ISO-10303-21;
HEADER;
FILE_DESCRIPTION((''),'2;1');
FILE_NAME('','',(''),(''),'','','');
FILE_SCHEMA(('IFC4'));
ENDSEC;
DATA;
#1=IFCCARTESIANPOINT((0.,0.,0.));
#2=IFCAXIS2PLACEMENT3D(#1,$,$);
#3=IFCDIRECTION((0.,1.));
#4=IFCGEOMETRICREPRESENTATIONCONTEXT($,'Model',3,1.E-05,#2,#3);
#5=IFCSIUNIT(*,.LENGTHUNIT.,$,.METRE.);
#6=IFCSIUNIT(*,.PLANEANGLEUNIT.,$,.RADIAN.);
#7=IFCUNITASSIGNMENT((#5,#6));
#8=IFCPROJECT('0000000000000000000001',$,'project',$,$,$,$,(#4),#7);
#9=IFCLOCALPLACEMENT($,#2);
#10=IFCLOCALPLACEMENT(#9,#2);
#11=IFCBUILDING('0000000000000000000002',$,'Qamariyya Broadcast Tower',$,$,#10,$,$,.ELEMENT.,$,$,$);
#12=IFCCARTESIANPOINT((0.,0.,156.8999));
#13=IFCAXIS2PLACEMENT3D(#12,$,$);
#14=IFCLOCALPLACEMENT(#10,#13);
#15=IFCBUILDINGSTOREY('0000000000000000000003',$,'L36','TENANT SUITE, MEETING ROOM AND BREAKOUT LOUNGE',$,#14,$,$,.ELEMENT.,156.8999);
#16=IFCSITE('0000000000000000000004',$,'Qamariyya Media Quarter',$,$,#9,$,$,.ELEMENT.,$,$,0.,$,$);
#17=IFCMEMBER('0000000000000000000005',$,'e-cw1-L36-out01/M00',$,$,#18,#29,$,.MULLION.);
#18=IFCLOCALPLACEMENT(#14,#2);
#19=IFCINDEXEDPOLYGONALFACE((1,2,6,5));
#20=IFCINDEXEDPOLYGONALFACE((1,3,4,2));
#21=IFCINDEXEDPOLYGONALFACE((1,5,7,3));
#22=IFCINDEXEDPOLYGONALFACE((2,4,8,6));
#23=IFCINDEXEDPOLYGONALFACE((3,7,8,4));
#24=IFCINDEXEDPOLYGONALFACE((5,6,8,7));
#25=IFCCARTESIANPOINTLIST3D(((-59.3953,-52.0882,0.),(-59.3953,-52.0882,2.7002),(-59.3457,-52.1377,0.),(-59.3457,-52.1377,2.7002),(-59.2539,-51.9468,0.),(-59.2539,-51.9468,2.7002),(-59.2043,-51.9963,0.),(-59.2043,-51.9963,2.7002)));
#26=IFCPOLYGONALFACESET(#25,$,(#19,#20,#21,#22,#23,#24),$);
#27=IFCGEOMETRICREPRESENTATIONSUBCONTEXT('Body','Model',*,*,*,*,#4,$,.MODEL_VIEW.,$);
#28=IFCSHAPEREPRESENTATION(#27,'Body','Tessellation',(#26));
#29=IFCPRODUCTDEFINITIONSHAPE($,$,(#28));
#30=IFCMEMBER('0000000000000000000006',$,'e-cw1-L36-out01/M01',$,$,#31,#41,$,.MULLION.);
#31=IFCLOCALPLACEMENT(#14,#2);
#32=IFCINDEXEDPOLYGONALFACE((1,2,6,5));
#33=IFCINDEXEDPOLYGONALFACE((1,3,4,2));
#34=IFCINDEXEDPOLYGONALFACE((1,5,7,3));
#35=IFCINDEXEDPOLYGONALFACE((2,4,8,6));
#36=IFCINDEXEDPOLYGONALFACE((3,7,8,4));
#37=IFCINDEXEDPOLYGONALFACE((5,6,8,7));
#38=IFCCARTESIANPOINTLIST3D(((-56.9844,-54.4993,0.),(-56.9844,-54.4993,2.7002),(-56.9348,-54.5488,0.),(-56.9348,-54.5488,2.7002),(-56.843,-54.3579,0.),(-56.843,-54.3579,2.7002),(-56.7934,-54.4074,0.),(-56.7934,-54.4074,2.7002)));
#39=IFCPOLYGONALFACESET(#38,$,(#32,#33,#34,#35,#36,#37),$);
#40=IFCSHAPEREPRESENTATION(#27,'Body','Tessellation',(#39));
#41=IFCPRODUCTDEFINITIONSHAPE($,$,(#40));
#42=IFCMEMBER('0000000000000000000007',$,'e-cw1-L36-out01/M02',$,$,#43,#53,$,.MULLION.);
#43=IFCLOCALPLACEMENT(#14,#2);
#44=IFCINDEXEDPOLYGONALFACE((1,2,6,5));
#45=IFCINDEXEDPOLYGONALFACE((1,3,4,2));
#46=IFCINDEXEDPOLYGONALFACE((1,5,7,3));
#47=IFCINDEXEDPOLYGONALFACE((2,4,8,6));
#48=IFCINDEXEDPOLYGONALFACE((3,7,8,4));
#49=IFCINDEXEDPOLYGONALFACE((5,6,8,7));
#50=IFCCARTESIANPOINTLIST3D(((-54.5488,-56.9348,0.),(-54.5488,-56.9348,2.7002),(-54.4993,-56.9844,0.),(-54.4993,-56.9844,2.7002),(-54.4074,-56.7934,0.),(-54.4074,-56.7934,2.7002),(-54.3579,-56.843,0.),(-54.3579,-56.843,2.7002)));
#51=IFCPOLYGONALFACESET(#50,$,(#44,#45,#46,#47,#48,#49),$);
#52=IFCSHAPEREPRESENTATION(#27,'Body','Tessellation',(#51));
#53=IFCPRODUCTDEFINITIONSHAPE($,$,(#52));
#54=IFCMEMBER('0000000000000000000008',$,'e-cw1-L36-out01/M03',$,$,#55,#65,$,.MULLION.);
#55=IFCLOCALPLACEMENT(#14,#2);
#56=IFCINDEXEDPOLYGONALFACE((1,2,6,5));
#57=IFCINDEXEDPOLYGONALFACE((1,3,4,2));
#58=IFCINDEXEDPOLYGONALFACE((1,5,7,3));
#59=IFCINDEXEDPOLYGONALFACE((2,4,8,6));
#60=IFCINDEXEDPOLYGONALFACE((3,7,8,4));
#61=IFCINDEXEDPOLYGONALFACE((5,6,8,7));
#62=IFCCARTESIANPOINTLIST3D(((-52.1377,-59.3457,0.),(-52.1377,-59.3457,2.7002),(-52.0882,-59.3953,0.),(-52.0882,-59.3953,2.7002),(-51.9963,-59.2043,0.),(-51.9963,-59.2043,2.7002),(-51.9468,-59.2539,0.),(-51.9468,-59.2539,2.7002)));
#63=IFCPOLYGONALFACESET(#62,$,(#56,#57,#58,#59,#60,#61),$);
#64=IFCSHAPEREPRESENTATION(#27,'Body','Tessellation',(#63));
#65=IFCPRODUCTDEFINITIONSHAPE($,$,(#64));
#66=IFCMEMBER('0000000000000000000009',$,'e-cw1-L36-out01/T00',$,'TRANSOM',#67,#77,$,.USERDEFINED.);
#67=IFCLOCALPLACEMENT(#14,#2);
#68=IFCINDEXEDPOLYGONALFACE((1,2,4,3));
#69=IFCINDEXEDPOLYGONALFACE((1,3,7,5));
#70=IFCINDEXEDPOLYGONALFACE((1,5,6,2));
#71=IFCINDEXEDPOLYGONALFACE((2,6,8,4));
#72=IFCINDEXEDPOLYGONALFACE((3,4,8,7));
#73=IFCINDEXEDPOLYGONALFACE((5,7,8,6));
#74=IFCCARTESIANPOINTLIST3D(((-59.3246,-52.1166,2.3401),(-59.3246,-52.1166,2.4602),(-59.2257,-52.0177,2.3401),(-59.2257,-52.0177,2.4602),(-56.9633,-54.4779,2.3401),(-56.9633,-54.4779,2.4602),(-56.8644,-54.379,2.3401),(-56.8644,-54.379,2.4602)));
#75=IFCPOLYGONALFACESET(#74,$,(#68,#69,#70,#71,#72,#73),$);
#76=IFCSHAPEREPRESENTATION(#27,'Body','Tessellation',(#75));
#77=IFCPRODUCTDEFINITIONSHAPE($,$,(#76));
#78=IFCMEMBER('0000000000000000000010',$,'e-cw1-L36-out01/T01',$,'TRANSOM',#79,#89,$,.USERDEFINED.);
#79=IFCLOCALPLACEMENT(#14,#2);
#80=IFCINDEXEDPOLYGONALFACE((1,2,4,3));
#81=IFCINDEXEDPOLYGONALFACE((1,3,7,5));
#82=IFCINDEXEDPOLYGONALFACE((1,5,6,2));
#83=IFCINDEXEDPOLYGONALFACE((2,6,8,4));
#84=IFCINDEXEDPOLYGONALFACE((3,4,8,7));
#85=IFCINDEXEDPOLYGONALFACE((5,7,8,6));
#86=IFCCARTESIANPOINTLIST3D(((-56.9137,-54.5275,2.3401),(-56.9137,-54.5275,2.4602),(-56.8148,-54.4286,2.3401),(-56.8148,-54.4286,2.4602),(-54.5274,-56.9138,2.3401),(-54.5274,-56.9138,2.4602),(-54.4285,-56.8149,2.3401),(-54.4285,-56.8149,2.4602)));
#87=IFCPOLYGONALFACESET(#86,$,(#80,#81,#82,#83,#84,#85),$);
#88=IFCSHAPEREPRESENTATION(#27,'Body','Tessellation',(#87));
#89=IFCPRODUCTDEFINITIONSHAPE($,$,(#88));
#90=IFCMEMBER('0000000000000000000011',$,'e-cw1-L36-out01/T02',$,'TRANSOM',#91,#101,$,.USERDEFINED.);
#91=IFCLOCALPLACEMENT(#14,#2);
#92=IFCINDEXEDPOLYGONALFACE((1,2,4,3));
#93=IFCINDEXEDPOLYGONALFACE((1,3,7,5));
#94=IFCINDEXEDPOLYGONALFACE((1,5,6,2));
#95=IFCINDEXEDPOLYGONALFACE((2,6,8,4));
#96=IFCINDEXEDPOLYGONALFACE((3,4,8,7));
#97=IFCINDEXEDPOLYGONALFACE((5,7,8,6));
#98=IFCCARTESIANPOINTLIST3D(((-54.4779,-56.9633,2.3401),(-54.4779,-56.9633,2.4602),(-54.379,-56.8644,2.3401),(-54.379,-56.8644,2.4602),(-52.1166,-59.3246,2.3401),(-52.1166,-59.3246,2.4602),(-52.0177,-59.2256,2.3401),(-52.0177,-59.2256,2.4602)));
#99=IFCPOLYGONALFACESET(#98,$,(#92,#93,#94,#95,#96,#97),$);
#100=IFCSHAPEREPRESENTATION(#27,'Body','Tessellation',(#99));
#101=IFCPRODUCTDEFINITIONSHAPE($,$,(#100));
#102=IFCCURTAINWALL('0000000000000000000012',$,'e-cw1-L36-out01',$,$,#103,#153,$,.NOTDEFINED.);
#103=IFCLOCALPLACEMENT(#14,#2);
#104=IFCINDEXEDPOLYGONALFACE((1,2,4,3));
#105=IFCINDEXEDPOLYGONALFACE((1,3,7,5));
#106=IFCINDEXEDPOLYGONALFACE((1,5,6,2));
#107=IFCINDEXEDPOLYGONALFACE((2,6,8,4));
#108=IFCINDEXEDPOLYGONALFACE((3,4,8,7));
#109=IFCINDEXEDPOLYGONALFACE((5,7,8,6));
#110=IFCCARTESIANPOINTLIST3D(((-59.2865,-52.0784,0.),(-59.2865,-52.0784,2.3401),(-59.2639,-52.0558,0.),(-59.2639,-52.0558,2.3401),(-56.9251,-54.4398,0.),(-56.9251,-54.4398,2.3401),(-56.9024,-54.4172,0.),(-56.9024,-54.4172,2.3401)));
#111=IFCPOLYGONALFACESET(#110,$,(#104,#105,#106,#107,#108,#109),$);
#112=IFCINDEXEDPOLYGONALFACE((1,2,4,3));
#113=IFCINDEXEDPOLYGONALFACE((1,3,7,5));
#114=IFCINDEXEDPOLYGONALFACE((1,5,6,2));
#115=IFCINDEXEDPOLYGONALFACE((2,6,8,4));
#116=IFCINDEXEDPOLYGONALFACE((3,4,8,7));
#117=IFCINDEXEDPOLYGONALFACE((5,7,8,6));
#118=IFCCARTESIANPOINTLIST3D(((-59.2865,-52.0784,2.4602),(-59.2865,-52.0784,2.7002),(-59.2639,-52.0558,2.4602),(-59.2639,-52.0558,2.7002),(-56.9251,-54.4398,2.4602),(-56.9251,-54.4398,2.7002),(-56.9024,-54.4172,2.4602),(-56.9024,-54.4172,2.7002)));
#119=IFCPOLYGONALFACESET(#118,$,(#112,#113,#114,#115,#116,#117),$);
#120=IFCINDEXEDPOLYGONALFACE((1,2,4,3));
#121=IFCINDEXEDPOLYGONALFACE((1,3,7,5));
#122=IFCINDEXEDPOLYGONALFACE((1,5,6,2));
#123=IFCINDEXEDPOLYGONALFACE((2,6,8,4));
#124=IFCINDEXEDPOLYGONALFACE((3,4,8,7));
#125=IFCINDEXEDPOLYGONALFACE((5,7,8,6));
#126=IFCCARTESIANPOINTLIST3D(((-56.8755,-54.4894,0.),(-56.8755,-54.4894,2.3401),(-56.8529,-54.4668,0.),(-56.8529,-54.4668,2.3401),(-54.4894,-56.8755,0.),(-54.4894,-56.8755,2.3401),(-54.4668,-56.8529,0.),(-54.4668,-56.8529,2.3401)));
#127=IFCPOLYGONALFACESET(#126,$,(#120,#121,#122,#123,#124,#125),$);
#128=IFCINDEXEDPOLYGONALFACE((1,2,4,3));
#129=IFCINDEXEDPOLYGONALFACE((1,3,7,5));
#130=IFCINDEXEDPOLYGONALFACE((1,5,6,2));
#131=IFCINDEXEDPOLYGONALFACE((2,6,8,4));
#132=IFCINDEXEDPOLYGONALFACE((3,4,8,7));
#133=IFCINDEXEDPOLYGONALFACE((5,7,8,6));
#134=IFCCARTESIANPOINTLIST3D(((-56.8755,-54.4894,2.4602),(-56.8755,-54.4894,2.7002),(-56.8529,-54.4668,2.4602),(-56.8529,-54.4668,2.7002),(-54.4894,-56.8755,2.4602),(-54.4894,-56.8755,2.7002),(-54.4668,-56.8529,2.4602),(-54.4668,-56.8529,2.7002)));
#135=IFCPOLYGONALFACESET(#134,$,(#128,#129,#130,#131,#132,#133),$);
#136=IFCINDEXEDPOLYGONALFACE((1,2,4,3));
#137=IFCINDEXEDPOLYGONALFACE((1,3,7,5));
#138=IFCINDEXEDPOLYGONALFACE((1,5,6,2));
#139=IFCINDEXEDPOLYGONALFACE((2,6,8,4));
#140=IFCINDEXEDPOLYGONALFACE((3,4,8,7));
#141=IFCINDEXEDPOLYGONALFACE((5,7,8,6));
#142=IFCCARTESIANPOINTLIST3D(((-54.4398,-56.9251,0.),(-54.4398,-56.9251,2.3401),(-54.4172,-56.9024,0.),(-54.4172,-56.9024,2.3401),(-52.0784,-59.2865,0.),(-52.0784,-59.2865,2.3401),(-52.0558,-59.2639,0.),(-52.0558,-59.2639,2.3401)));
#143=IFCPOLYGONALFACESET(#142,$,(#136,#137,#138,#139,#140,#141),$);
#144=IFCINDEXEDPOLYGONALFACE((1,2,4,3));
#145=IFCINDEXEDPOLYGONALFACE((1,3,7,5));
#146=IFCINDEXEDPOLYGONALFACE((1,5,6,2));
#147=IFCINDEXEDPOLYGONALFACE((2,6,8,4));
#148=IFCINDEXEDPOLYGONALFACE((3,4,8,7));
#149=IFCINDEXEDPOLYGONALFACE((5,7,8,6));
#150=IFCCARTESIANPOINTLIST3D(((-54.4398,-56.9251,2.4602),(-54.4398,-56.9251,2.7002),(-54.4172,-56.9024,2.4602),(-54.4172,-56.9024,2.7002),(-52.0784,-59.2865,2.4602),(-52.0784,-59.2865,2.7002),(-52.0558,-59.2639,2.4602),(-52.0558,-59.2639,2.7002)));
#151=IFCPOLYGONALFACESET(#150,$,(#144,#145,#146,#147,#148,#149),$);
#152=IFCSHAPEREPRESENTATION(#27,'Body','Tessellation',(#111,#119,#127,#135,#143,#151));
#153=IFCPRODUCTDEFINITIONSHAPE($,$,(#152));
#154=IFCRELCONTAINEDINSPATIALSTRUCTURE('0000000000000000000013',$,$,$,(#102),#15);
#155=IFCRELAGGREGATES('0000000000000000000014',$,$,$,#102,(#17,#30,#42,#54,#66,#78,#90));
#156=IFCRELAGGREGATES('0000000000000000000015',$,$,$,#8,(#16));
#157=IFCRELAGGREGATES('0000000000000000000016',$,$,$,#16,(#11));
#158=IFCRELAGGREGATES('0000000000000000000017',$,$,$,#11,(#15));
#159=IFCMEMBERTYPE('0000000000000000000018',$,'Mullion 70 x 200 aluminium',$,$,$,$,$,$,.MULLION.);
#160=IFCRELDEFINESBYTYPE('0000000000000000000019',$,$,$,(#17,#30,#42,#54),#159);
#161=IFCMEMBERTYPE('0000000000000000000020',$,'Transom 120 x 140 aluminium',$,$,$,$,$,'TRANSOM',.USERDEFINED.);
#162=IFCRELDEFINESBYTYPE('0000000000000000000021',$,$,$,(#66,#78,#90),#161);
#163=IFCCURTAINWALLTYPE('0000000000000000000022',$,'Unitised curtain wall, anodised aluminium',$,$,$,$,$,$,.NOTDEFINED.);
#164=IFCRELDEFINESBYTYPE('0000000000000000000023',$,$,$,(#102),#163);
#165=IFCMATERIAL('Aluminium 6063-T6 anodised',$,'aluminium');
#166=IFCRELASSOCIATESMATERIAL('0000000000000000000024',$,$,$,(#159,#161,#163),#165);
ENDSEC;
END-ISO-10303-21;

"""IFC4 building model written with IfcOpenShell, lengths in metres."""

from ifc_helpers import new_model, si_unit, direction, frame, origin, origin_2d, place, context, subcontext, project, spatial, rectangle, extrude, material, material_profile, profile_set, type_object, element, aggregate, save


model = new_model("IFC4")

# Units and contexts
model_context = context("Model", 3, precision=1e-05, world=origin(), true_north=direction((0.0, 1.0)))
body_context = subcontext(model_context, "Body", "Model", "MODEL_VIEW")
ifc_project = project(units=[si_unit("LENGTHUNIT", "METRE"), si_unit("PLANEANGLEUNIT", "RADIAN")], contexts=[model_context])

# Members
ifc_material_1 = material(Name="Aluminium 6063-T6 anodised", Category="aluminium")
ifc_material_profile_1 = material_profile(ifc_material_1, rectangle(XDim=0.2, YDim=0.0701, at=origin_2d()))
ifc_profile_set_1 = profile_set([ifc_material_profile_1], Name="Aluminium 6063-T6 anodised")
member_type_1 = type_object("IfcMemberType", Name="Mullion 70 x 200 aluminium", PredefinedType="MULLION", material=ifc_profile_set_1)
site_placement = place(None, origin())
building_placement = place(site_placement, origin())
storey_placement = place(building_placement, frame((0.0, 0.0, 156.8999)))
member_1_placement = place(storey_placement, frame((-59.2998, -52.0422, 0.0), z_axis=(0.0, 0.0, 1.0), x_axis=(0.707107, 0.707107, 0.0)))
member_1 = element("IfcMember", 1, at=member_1_placement, type_object=member_type_1, Name="e-cw1-L36-out01/M00", PredefinedType="MULLION", context=body_context, shape_type="SweptSolid", body=[
    extrude(rectangle(XDim=0.2, YDim=0.0701, at=origin_2d()), origin(), (0.0, 0.0, 1.0), 2.7002),
])
member_2_placement = place(storey_placement, frame((-56.8889, -54.4534, 0.0), z_axis=(0.0, 0.0, 1.0), x_axis=(0.707107, 0.707107, 0.0)))
member_2 = element("IfcMember", 2, at=member_2_placement, type_object=member_type_1, Name="e-cw1-L36-out01/M01", PredefinedType="MULLION", context=body_context, shape_type="SweptSolid", body=[
    extrude(rectangle(XDim=0.2, YDim=0.0701, at=origin_2d()), origin(), (0.0, 0.0, 1.0), 2.7002),
])
member_3_placement = place(storey_placement, frame((-54.4534, -56.8889, 0.0), z_axis=(0.0, 0.0, 1.0), x_axis=(0.707107, 0.707107, 0.0)))
member_3 = element("IfcMember", 3, at=member_3_placement, type_object=member_type_1, Name="e-cw1-L36-out01/M02", PredefinedType="MULLION", context=body_context, shape_type="SweptSolid", body=[
    extrude(rectangle(XDim=0.2, YDim=0.0701, at=origin_2d()), origin(), (0.0, 0.0, 1.0), 2.7002),
])
member_4_placement = place(storey_placement, frame((-52.0422, -59.2998, 0.0), z_axis=(0.0, 0.0, 1.0), x_axis=(0.707107, 0.707107, 0.0)))
member_4 = element("IfcMember", 4, at=member_4_placement, type_object=member_type_1, Name="e-cw1-L36-out01/M03", PredefinedType="MULLION", context=body_context, shape_type="SweptSolid", body=[
    extrude(rectangle(XDim=0.2, YDim=0.0701, at=origin_2d()), origin(), (0.0, 0.0, 1.0), 2.7002),
])
ifc_material_profile_2 = material_profile(ifc_material_1, rectangle(XDim=0.1399, YDim=0.1201, at=origin_2d()))
ifc_profile_set_2 = profile_set([ifc_material_profile_2], Name="Aluminium 6063-T6 anodised")
member_type_2 = type_object("IfcMemberType", Name="Transom 120 x 140 aluminium", ElementType="TRANSOM", PredefinedType="USERDEFINED", material=ifc_profile_set_2)
member_5_placement = place(storey_placement, frame((-59.2751, -52.0671, 2.4001), z_axis=(0.707107, -0.707107, 0.0), x_axis=(0.707107, 0.707107, 0.0)))
member_5 = element("IfcMember", 5, at=member_5_placement, type_object=member_type_2, Name="e-cw1-L36-out01/T00", ObjectType="TRANSOM", PredefinedType="USERDEFINED", context=body_context, shape_type="SweptSolid", body=[
    extrude(rectangle(XDim=0.1399, YDim=0.1201, at=origin_2d()), origin(), (0.0, 0.0, 1.0), 3.3394),
])
member_6_placement = place(storey_placement, frame((-56.8643, -54.478, 2.4001), z_axis=(0.707107, -0.707107, 0.0), x_axis=(0.707107, 0.707107, 0.0)))
member_6 = element("IfcMember", 6, at=member_6_placement, type_object=member_type_2, Name="e-cw1-L36-out01/T01", ObjectType="TRANSOM", PredefinedType="USERDEFINED", context=body_context, shape_type="SweptSolid", body=[
    extrude(rectangle(XDim=0.1399, YDim=0.1201, at=origin_2d()), origin(), (0.0, 0.0, 1.0), 3.3748),
])
member_7_placement = place(storey_placement, frame((-54.4285, -56.9138, 2.4001), z_axis=(0.707107, -0.707107, 0.0), x_axis=(0.707107, 0.707107, 0.0)))
member_7 = element("IfcMember", 7, at=member_7_placement, type_object=member_type_2, Name="e-cw1-L36-out01/T02", ObjectType="TRANSOM", PredefinedType="USERDEFINED", context=body_context, shape_type="SweptSolid", body=[
    extrude(rectangle(XDim=0.1399, YDim=0.1201, at=origin_2d()), origin(), (0.0, 0.0, 1.0), 3.3394),
])

# Site, building, storey
site = spatial("IfcSite", under=ifc_project, at=site_placement, Name="Qamariyya Media Quarter", CompositionType="ELEMENT", RefElevation=0.0)
building = spatial("IfcBuilding", under=site, at=building_placement, Name="Qamariyya Broadcast Tower", CompositionType="ELEMENT")
storey = spatial("IfcBuildingStorey", under=building, at=storey_placement, Name="L36", Description="TENANT SUITE, MEETING ROOM AND BREAKOUT LOUNGE", CompositionType="ELEMENT", Elevation=156.8999)

# Curtain wall
curtain_wall_type = type_object("IfcCurtainWallType", Name="Unitised curtain wall, anodised aluminium", PredefinedType="NOTDEFINED", material=ifc_material_1)
curtain_wall_1_placement = place(storey_placement, origin())
curtain_wall_1 = element("IfcCurtainWall", 8, at=curtain_wall_1_placement, inside=storey, type_object=curtain_wall_type, Name="e-cw1-L36-out01", PredefinedType="NOTDEFINED", context=body_context, shape_type="SweptSolid", body=[
    extrude(rectangle(XDim=3.3396, YDim=0.032, at=origin_2d()), frame((-58.0945, -53.2478, 0.0), x_axis=(0.707107, -0.707107, 0.0)), (0.0, 0.0, 1.0), 2.3401),
    extrude(rectangle(XDim=3.3396, YDim=0.032, at=origin_2d()), frame((-58.0945, -53.2478, 2.4602), x_axis=(0.707107, -0.707107, 0.0)), (0.0, 0.0, 1.0), 0.24),
    extrude(rectangle(XDim=3.3745, YDim=0.032, at=origin_2d()), frame((-55.6711, -55.6711, 0.0), x_axis=(0.707107, -0.707107, 0.0)), (0.0, 0.0, 1.0), 2.3401),
    extrude(rectangle(XDim=3.3745, YDim=0.032, at=origin_2d()), frame((-55.6711, -55.6711, 2.4602), x_axis=(0.707107, -0.707107, 0.0)), (0.0, 0.0, 1.0), 0.24),
    extrude(rectangle(XDim=3.3396, YDim=0.032, at=origin_2d()), frame((-53.2478, -58.0945, 0.0), x_axis=(0.707107, -0.707107, 0.0)), (0.0, 0.0, 1.0), 2.3401),
    extrude(rectangle(XDim=3.3396, YDim=0.032, at=origin_2d()), frame((-53.2478, -58.0945, 2.4602), x_axis=(0.707107, -0.707107, 0.0)), (0.0, 0.0, 1.0), 0.24),
])
aggregate(curtain_wall_1, [member_1, member_2, member_3, member_4, member_5, member_6, member_7])

save(model, "model.ifc")
